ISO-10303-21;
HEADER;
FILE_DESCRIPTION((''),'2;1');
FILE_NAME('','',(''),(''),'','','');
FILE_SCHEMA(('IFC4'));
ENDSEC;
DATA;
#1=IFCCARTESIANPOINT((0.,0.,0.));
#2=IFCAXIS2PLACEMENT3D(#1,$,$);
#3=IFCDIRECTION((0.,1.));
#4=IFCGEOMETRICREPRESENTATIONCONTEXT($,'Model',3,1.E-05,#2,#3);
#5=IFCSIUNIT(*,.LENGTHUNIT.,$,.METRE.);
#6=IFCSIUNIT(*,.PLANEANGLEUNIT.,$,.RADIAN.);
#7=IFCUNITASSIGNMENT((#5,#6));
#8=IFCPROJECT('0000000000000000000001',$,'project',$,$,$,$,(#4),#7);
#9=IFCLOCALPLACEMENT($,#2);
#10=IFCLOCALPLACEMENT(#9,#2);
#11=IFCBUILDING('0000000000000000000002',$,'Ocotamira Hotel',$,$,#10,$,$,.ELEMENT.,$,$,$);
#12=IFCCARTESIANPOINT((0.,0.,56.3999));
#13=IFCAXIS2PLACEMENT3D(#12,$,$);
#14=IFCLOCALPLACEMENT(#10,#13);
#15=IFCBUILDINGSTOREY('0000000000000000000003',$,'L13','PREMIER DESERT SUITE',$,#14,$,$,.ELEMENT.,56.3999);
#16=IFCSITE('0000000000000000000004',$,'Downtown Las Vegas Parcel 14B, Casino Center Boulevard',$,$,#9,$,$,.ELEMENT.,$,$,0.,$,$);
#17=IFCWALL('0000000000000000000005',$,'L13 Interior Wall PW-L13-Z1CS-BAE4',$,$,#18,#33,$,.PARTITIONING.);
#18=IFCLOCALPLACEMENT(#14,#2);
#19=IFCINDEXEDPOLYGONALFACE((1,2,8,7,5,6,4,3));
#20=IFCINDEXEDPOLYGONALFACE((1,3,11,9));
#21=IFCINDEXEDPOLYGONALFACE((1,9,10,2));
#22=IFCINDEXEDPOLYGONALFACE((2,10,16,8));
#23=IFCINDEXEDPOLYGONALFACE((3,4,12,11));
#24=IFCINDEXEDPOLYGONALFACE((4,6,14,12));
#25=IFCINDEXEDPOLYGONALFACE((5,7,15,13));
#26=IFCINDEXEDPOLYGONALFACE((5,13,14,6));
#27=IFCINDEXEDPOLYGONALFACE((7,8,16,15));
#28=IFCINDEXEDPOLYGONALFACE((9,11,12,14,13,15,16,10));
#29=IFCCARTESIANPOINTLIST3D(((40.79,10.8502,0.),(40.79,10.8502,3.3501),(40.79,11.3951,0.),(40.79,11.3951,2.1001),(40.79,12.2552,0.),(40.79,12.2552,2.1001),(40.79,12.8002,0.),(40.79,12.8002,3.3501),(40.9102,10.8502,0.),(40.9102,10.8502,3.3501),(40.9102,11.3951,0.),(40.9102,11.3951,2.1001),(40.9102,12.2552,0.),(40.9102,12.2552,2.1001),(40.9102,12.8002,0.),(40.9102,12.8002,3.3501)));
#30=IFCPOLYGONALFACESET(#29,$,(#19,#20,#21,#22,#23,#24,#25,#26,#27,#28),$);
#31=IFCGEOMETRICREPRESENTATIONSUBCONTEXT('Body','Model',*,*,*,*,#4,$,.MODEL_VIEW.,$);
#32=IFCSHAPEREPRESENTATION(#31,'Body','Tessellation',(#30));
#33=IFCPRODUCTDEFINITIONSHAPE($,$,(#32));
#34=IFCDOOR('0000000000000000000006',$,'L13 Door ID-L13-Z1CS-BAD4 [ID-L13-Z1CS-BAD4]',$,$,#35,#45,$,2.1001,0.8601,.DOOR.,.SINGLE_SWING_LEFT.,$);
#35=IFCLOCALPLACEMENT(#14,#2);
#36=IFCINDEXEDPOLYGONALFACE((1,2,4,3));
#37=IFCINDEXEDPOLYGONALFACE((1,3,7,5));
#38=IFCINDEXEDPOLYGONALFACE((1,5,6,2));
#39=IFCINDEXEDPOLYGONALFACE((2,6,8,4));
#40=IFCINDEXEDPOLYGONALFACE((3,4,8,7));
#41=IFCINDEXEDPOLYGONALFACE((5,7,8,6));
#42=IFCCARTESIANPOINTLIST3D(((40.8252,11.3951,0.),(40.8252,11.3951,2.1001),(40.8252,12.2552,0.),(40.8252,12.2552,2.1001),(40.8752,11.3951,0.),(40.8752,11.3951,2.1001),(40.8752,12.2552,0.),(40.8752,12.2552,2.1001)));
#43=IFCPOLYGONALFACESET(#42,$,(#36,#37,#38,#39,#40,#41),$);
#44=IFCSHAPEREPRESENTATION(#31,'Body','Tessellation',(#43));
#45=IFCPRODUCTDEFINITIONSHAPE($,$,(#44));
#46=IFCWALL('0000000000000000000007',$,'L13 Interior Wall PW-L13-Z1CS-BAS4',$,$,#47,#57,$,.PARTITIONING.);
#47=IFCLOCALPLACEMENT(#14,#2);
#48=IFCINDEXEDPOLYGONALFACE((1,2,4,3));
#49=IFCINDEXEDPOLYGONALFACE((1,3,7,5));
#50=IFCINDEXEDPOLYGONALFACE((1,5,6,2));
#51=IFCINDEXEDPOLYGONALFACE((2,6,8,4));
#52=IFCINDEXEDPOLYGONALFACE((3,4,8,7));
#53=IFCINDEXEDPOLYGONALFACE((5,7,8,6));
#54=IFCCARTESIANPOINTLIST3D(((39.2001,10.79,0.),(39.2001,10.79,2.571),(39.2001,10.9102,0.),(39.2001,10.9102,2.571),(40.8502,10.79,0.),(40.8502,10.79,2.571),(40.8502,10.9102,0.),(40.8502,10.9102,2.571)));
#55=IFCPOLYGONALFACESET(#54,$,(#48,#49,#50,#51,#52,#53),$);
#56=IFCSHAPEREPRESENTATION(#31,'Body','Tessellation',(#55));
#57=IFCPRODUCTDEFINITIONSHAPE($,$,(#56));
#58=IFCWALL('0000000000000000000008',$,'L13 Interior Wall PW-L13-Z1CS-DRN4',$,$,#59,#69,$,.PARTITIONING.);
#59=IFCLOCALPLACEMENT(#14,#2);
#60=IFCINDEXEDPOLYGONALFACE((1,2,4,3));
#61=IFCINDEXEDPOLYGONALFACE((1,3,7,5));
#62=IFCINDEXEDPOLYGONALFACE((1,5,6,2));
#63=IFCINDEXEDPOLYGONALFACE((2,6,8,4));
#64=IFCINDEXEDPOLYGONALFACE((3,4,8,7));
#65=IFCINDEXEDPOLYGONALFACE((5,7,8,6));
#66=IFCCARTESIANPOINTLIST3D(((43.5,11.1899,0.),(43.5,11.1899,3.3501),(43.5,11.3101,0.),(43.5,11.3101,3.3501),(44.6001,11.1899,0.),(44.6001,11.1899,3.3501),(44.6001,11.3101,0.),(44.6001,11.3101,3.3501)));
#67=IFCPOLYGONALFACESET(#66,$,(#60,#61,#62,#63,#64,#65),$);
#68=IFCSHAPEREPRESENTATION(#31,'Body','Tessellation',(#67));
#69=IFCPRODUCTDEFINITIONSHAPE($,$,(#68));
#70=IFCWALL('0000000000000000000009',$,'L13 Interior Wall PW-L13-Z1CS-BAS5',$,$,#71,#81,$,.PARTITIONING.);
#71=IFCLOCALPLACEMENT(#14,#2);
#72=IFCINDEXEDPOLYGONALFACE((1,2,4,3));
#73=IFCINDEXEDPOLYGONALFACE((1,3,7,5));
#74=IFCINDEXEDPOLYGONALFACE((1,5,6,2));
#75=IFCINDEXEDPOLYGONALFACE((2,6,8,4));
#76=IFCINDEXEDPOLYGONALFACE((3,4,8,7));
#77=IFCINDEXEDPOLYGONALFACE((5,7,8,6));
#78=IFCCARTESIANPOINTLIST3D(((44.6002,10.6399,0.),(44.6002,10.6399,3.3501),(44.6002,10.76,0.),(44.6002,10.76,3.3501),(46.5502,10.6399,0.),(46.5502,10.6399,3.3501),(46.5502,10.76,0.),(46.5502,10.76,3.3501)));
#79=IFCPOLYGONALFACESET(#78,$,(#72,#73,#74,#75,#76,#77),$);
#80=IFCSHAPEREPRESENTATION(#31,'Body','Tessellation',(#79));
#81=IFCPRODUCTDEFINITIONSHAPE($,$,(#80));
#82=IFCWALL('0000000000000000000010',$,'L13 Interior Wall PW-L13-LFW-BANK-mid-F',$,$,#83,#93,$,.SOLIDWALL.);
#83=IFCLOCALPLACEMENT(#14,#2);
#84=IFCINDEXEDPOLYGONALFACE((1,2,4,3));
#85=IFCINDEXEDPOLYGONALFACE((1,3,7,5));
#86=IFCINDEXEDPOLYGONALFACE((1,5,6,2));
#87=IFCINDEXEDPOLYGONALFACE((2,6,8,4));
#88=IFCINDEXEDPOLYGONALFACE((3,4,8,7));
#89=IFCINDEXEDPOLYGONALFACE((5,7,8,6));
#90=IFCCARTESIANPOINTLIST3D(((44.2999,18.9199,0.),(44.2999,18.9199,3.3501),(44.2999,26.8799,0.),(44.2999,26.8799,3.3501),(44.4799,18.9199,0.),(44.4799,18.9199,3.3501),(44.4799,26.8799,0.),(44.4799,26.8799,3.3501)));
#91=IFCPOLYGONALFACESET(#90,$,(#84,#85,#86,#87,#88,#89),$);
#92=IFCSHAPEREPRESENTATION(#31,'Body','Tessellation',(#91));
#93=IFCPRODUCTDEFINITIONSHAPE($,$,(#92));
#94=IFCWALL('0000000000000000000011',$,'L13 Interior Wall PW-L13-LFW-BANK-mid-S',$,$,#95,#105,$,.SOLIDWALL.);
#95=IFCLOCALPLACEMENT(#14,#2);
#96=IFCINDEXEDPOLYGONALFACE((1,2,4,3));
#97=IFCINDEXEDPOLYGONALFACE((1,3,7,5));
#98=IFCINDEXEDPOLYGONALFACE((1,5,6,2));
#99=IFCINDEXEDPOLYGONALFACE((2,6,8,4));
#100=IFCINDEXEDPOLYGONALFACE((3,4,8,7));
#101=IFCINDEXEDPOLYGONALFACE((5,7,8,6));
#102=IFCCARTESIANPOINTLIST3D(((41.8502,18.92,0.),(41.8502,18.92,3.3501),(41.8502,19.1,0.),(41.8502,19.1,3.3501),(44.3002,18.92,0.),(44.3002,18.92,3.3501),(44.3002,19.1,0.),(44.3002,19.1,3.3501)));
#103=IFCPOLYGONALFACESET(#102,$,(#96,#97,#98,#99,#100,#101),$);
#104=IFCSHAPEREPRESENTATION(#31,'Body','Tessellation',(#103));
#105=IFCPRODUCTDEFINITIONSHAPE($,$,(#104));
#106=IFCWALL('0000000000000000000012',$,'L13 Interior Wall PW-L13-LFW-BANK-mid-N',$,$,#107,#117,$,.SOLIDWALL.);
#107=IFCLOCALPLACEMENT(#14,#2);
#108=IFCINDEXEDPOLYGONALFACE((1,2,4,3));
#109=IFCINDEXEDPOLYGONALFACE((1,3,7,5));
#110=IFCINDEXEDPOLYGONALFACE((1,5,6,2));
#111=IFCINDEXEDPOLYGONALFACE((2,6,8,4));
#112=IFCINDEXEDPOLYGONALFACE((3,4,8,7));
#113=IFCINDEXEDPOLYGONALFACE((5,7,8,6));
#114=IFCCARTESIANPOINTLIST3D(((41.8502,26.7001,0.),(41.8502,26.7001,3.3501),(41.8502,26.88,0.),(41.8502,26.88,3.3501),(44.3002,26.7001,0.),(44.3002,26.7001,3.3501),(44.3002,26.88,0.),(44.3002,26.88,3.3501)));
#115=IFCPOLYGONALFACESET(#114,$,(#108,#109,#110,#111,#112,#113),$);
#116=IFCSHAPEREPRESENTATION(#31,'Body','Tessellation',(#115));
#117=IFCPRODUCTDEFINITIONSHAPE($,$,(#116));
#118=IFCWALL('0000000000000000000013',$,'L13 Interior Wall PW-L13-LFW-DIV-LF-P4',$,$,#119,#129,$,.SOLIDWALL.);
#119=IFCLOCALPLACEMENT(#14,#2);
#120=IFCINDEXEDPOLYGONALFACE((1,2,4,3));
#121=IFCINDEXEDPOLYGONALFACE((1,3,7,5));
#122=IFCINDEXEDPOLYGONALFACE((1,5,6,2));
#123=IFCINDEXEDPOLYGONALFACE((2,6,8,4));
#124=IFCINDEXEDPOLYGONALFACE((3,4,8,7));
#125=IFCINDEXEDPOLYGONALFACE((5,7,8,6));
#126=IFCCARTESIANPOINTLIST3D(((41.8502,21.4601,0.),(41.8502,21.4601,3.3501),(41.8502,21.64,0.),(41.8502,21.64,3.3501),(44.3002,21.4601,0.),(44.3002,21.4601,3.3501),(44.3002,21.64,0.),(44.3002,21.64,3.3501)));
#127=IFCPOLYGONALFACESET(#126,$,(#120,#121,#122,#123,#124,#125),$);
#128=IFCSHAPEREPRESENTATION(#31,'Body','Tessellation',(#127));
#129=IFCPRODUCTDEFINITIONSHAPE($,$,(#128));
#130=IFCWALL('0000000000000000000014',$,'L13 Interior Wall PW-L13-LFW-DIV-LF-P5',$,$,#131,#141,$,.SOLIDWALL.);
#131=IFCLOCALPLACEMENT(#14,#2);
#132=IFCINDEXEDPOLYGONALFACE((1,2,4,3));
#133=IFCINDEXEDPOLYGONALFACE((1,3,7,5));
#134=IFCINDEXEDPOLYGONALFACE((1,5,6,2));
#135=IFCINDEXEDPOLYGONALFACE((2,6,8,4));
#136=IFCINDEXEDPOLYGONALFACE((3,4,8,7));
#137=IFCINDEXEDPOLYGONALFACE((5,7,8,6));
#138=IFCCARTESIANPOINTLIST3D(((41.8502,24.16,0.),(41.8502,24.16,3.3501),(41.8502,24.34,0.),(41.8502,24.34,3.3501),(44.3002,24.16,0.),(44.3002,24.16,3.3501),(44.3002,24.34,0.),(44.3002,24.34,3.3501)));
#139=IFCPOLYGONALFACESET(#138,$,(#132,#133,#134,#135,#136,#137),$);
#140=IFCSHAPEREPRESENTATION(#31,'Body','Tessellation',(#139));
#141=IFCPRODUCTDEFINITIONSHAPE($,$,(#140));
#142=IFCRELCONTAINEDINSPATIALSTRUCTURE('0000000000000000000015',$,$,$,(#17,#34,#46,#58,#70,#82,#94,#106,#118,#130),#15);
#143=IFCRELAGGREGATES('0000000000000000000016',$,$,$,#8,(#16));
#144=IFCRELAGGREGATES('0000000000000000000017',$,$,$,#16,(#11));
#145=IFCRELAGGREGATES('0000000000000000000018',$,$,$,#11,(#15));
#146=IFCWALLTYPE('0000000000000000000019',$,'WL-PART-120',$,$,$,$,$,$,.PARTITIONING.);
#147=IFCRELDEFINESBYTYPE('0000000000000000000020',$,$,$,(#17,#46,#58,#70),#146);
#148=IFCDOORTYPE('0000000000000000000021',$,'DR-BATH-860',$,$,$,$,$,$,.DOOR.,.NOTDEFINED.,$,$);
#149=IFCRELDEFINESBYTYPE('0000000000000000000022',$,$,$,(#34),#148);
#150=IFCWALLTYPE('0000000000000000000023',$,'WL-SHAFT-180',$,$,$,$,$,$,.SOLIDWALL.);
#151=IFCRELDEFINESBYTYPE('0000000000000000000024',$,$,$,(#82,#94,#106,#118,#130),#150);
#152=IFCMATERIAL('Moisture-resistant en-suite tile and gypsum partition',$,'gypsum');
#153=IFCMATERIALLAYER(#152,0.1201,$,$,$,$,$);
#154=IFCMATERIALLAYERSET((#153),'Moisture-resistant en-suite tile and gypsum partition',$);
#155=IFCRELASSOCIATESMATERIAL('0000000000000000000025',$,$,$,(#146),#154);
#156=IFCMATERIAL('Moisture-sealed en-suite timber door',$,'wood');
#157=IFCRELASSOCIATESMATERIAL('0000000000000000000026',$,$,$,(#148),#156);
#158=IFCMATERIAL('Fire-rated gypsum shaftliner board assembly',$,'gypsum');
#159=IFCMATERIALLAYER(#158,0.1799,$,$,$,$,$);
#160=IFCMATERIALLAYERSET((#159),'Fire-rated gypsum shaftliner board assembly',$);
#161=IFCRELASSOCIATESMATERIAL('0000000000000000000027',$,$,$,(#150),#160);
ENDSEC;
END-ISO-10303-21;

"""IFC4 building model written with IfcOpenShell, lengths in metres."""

from ifc_helpers import new_model, si_unit, direction, frame, frame_2d, origin, place, context, subcontext, project, spatial, rectangle, extrude, source, transform, mapped, material, layer, layer_set, type_object, element, fill, save


model = new_model("IFC4")

# Units and contexts
model_context = context("Model", 3, precision=1e-05, world=origin(), true_north=direction((0.0, 1.0)))
body_context = subcontext(model_context, "Body", "Model", "MODEL_VIEW")
ifc_project = project(units=[si_unit("LENGTHUNIT", "METRE"), si_unit("PLANEANGLEUNIT", "RADIAN")], contexts=[model_context])

# Site, building, storey
site_placement = place(None, origin())
site = spatial("IfcSite", under=ifc_project, at=site_placement, Name="Downtown Las Vegas Parcel 14B, Casino Center Boulevard", CompositionType="ELEMENT", RefElevation=0.0)
building_placement = place(site_placement, origin())
building = spatial("IfcBuilding", under=site, at=building_placement, Name="Ocotamira Hotel", CompositionType="ELEMENT")
storey_placement = place(building_placement, frame((0.0, 0.0, 56.3999)))
storey = spatial("IfcBuildingStorey", under=building, at=storey_placement, Name="L13", Description="PREMIER DESERT SUITE", CompositionType="ELEMENT", Elevation=56.3999)

# Shared definitions
ifc_material_1 = material(Name="Moisture-resistant en-suite tile and gypsum partition", Category="gypsum")
ifc_layer_1 = layer(ifc_material_1, 0.1201)
ifc_layer_set_1 = layer_set([ifc_layer_1], Name="Moisture-resistant en-suite tile and gypsum partition")
wall_type_1 = type_object("IfcWallType", Name="WL-PART-120", PredefinedType="PARTITIONING", material=ifc_layer_set_1)

# Shared definitions
ifc_material_2 = material(Name="Moisture-sealed en-suite timber door", Category="wood")
door_type_1 = type_object("IfcDoorType", Name="DR-BATH-860", OperationType="NOTDEFINED", PredefinedType="DOOR", material=ifc_material_2)
shared_shape_1 = source(origin(), body_context, "Body", "SweptSolid", [
    extrude(rectangle(XDim=0.8601, YDim=2.1001, at=frame_2d((0.4302, 1.05))), frame((0.0, 0.0249, 0.0), z_axis=(0.0, -1.0, 0.0), x_axis=(1.0, 0.0, 0.0)), (0.0, 0.0, 1.0), 0.05),
])

# Wall, opening, door
wall_1_placement = place(storey_placement, frame((40.8501, 10.8501, 0.0), z_axis=(0.0, 0.0, 1.0), x_axis=(0.0, 1.0, 0.0)))
wall_1 = element("IfcWall", 1, at=wall_1_placement, inside=storey, type_object=wall_type_1, Name="L13 Interior Wall PW-L13-Z1CS-BAE4", PredefinedType="PARTITIONING", context=body_context, shape_type="SweptSolid", body=[
    extrude(rectangle(XDim=1.95, YDim=0.1201, at=frame_2d((0.9751, 0.0))), origin(), (0.0, 0.0, 1.0), 3.3501),
])
opening_1_placement = place(wall_1_placement, frame((0.5449, 0.0, 0.0)))
opening_1 = element("IfcOpeningElement", 2, at=opening_1_placement, cuts=wall_1, PredefinedType="OPENING", context=body_context, shape_type="SweptSolid", body=[
    extrude(rectangle(XDim=0.8601, YDim=2.1001, at=frame_2d((0.4302, 1.05))), frame((0.0, 0.0701, 0.0), z_axis=(0.0, -1.0, 0.0), x_axis=(1.0, 0.0, 0.0)), (0.0, 0.0, 1.0), 0.1401),
])
door_1_placement = place(opening_1_placement, origin())
door_1 = element("IfcDoor", 3, at=door_1_placement, inside=storey, type_object=door_type_1, Name="L13 Door ID-L13-Z1CS-BAD4 [ID-L13-Z1CS-BAD4]", OperationType="SINGLE_SWING_LEFT", OverallHeight=2.1001, OverallWidth=0.8601, PredefinedType="DOOR", context=body_context, shape_type="MappedRepresentation", body=[
    mapped(shared_shape_1, transform((0.0, 0.0, 0.0), scale=1.0)),
])
fill(opening_1, door_1)

# Walls
wall_2_placement = place(storey_placement, frame((39.2, 10.8501, 0.0), z_axis=(0.0, 0.0, 1.0), x_axis=(1.0, 0.0, 0.0)))
element("IfcWall", 4, at=wall_2_placement, inside=storey, type_object=wall_type_1, Name="L13 Interior Wall PW-L13-Z1CS-BAS4", PredefinedType="PARTITIONING", context=body_context, shape_type="SweptSolid", body=[
    extrude(rectangle(XDim=1.6501, YDim=0.1201, at=frame_2d((0.8252, 0.0))), origin(), (0.0, 0.0, 1.0), 2.571),
])
wall_3_placement = place(storey_placement, frame((43.5, 11.25, 0.0), z_axis=(0.0, 0.0, 1.0), x_axis=(1.0, 0.0, 0.0)))
element("IfcWall", 5, at=wall_3_placement, inside=storey, type_object=wall_type_1, Name="L13 Interior Wall PW-L13-Z1CS-DRN4", PredefinedType="PARTITIONING", context=body_context, shape_type="SweptSolid", body=[
    extrude(rectangle(XDim=1.1001, YDim=0.1201, at=frame_2d((0.55, 0.0))), origin(), (0.0, 0.0, 1.0), 3.3501),
])
wall_4_placement = place(storey_placement, frame((44.6001, 10.7, 0.0), z_axis=(0.0, 0.0, 1.0), x_axis=(1.0, 0.0, 0.0)))
element("IfcWall", 6, at=wall_4_placement, inside=storey, type_object=wall_type_1, Name="L13 Interior Wall PW-L13-Z1CS-BAS5", PredefinedType="PARTITIONING", context=body_context, shape_type="SweptSolid", body=[
    extrude(rectangle(XDim=1.95, YDim=0.1201, at=frame_2d((0.9751, 0.0))), origin(), (0.0, 0.0, 1.0), 3.3501),
])
ifc_material_3 = material(Name="Fire-rated gypsum shaftliner board assembly", Category="gypsum")
ifc_layer_2 = layer(ifc_material_3, 0.1799)
ifc_layer_set_2 = layer_set([ifc_layer_2], Name="Fire-rated gypsum shaftliner board assembly")
wall_type_2 = type_object("IfcWallType", Name="WL-SHAFT-180", PredefinedType="SOLIDWALL", material=ifc_layer_set_2)
wall_5_placement = place(storey_placement, frame((44.3899, 18.9199, 0.0), z_axis=(0.0, 0.0, 1.0), x_axis=(0.0, 1.0, 0.0)))
element("IfcWall", 7, at=wall_5_placement, inside=storey, type_object=wall_type_2, Name="L13 Interior Wall PW-L13-LFW-BANK-mid-F", PredefinedType="SOLIDWALL", context=body_context, shape_type="SweptSolid", body=[
    extrude(rectangle(XDim=7.96, YDim=0.1799, at=frame_2d((3.98, 0.0))), origin(), (0.0, 0.0, 1.0), 3.3501),
])
for number, where, z_axis, x_axis, name in (
    (8, (41.8501, 19.01, 0.0), (0.0, 0.0, 1.0), (1.0, 0.0, 0.0), "L13 Interior Wall PW-L13-LFW-BANK-mid-S"),
    (9, (41.8501, 26.79, 0.0), (0.0, 0.0, 1.0), (1.0, 0.0, 0.0), "L13 Interior Wall PW-L13-LFW-BANK-mid-N"),
    (10, (41.8501, 21.55, 0.0), (0.0, 0.0, 1.0), (1.0, 0.0, 0.0), "L13 Interior Wall PW-L13-LFW-DIV-LF-P4"),
    (11, (41.8501, 24.25, 0.0), (0.0, 0.0, 1.0), (1.0, 0.0, 0.0), "L13 Interior Wall PW-L13-LFW-DIV-LF-P5"),
):
    element("IfcWall", number, at=place(storey_placement, frame(where, z_axis=z_axis, x_axis=x_axis)), inside=storey, type_object=wall_type_2, Name=name, PredefinedType="SOLIDWALL", context=body_context, shape_type="SweptSolid", body=[
        extrude(rectangle(XDim=2.45, YDim=0.1799, at=frame_2d((1.2251, 0.0))), origin(), (0.0, 0.0, 1.0), 3.3501),
    ])

save(model, "model.ifc")
